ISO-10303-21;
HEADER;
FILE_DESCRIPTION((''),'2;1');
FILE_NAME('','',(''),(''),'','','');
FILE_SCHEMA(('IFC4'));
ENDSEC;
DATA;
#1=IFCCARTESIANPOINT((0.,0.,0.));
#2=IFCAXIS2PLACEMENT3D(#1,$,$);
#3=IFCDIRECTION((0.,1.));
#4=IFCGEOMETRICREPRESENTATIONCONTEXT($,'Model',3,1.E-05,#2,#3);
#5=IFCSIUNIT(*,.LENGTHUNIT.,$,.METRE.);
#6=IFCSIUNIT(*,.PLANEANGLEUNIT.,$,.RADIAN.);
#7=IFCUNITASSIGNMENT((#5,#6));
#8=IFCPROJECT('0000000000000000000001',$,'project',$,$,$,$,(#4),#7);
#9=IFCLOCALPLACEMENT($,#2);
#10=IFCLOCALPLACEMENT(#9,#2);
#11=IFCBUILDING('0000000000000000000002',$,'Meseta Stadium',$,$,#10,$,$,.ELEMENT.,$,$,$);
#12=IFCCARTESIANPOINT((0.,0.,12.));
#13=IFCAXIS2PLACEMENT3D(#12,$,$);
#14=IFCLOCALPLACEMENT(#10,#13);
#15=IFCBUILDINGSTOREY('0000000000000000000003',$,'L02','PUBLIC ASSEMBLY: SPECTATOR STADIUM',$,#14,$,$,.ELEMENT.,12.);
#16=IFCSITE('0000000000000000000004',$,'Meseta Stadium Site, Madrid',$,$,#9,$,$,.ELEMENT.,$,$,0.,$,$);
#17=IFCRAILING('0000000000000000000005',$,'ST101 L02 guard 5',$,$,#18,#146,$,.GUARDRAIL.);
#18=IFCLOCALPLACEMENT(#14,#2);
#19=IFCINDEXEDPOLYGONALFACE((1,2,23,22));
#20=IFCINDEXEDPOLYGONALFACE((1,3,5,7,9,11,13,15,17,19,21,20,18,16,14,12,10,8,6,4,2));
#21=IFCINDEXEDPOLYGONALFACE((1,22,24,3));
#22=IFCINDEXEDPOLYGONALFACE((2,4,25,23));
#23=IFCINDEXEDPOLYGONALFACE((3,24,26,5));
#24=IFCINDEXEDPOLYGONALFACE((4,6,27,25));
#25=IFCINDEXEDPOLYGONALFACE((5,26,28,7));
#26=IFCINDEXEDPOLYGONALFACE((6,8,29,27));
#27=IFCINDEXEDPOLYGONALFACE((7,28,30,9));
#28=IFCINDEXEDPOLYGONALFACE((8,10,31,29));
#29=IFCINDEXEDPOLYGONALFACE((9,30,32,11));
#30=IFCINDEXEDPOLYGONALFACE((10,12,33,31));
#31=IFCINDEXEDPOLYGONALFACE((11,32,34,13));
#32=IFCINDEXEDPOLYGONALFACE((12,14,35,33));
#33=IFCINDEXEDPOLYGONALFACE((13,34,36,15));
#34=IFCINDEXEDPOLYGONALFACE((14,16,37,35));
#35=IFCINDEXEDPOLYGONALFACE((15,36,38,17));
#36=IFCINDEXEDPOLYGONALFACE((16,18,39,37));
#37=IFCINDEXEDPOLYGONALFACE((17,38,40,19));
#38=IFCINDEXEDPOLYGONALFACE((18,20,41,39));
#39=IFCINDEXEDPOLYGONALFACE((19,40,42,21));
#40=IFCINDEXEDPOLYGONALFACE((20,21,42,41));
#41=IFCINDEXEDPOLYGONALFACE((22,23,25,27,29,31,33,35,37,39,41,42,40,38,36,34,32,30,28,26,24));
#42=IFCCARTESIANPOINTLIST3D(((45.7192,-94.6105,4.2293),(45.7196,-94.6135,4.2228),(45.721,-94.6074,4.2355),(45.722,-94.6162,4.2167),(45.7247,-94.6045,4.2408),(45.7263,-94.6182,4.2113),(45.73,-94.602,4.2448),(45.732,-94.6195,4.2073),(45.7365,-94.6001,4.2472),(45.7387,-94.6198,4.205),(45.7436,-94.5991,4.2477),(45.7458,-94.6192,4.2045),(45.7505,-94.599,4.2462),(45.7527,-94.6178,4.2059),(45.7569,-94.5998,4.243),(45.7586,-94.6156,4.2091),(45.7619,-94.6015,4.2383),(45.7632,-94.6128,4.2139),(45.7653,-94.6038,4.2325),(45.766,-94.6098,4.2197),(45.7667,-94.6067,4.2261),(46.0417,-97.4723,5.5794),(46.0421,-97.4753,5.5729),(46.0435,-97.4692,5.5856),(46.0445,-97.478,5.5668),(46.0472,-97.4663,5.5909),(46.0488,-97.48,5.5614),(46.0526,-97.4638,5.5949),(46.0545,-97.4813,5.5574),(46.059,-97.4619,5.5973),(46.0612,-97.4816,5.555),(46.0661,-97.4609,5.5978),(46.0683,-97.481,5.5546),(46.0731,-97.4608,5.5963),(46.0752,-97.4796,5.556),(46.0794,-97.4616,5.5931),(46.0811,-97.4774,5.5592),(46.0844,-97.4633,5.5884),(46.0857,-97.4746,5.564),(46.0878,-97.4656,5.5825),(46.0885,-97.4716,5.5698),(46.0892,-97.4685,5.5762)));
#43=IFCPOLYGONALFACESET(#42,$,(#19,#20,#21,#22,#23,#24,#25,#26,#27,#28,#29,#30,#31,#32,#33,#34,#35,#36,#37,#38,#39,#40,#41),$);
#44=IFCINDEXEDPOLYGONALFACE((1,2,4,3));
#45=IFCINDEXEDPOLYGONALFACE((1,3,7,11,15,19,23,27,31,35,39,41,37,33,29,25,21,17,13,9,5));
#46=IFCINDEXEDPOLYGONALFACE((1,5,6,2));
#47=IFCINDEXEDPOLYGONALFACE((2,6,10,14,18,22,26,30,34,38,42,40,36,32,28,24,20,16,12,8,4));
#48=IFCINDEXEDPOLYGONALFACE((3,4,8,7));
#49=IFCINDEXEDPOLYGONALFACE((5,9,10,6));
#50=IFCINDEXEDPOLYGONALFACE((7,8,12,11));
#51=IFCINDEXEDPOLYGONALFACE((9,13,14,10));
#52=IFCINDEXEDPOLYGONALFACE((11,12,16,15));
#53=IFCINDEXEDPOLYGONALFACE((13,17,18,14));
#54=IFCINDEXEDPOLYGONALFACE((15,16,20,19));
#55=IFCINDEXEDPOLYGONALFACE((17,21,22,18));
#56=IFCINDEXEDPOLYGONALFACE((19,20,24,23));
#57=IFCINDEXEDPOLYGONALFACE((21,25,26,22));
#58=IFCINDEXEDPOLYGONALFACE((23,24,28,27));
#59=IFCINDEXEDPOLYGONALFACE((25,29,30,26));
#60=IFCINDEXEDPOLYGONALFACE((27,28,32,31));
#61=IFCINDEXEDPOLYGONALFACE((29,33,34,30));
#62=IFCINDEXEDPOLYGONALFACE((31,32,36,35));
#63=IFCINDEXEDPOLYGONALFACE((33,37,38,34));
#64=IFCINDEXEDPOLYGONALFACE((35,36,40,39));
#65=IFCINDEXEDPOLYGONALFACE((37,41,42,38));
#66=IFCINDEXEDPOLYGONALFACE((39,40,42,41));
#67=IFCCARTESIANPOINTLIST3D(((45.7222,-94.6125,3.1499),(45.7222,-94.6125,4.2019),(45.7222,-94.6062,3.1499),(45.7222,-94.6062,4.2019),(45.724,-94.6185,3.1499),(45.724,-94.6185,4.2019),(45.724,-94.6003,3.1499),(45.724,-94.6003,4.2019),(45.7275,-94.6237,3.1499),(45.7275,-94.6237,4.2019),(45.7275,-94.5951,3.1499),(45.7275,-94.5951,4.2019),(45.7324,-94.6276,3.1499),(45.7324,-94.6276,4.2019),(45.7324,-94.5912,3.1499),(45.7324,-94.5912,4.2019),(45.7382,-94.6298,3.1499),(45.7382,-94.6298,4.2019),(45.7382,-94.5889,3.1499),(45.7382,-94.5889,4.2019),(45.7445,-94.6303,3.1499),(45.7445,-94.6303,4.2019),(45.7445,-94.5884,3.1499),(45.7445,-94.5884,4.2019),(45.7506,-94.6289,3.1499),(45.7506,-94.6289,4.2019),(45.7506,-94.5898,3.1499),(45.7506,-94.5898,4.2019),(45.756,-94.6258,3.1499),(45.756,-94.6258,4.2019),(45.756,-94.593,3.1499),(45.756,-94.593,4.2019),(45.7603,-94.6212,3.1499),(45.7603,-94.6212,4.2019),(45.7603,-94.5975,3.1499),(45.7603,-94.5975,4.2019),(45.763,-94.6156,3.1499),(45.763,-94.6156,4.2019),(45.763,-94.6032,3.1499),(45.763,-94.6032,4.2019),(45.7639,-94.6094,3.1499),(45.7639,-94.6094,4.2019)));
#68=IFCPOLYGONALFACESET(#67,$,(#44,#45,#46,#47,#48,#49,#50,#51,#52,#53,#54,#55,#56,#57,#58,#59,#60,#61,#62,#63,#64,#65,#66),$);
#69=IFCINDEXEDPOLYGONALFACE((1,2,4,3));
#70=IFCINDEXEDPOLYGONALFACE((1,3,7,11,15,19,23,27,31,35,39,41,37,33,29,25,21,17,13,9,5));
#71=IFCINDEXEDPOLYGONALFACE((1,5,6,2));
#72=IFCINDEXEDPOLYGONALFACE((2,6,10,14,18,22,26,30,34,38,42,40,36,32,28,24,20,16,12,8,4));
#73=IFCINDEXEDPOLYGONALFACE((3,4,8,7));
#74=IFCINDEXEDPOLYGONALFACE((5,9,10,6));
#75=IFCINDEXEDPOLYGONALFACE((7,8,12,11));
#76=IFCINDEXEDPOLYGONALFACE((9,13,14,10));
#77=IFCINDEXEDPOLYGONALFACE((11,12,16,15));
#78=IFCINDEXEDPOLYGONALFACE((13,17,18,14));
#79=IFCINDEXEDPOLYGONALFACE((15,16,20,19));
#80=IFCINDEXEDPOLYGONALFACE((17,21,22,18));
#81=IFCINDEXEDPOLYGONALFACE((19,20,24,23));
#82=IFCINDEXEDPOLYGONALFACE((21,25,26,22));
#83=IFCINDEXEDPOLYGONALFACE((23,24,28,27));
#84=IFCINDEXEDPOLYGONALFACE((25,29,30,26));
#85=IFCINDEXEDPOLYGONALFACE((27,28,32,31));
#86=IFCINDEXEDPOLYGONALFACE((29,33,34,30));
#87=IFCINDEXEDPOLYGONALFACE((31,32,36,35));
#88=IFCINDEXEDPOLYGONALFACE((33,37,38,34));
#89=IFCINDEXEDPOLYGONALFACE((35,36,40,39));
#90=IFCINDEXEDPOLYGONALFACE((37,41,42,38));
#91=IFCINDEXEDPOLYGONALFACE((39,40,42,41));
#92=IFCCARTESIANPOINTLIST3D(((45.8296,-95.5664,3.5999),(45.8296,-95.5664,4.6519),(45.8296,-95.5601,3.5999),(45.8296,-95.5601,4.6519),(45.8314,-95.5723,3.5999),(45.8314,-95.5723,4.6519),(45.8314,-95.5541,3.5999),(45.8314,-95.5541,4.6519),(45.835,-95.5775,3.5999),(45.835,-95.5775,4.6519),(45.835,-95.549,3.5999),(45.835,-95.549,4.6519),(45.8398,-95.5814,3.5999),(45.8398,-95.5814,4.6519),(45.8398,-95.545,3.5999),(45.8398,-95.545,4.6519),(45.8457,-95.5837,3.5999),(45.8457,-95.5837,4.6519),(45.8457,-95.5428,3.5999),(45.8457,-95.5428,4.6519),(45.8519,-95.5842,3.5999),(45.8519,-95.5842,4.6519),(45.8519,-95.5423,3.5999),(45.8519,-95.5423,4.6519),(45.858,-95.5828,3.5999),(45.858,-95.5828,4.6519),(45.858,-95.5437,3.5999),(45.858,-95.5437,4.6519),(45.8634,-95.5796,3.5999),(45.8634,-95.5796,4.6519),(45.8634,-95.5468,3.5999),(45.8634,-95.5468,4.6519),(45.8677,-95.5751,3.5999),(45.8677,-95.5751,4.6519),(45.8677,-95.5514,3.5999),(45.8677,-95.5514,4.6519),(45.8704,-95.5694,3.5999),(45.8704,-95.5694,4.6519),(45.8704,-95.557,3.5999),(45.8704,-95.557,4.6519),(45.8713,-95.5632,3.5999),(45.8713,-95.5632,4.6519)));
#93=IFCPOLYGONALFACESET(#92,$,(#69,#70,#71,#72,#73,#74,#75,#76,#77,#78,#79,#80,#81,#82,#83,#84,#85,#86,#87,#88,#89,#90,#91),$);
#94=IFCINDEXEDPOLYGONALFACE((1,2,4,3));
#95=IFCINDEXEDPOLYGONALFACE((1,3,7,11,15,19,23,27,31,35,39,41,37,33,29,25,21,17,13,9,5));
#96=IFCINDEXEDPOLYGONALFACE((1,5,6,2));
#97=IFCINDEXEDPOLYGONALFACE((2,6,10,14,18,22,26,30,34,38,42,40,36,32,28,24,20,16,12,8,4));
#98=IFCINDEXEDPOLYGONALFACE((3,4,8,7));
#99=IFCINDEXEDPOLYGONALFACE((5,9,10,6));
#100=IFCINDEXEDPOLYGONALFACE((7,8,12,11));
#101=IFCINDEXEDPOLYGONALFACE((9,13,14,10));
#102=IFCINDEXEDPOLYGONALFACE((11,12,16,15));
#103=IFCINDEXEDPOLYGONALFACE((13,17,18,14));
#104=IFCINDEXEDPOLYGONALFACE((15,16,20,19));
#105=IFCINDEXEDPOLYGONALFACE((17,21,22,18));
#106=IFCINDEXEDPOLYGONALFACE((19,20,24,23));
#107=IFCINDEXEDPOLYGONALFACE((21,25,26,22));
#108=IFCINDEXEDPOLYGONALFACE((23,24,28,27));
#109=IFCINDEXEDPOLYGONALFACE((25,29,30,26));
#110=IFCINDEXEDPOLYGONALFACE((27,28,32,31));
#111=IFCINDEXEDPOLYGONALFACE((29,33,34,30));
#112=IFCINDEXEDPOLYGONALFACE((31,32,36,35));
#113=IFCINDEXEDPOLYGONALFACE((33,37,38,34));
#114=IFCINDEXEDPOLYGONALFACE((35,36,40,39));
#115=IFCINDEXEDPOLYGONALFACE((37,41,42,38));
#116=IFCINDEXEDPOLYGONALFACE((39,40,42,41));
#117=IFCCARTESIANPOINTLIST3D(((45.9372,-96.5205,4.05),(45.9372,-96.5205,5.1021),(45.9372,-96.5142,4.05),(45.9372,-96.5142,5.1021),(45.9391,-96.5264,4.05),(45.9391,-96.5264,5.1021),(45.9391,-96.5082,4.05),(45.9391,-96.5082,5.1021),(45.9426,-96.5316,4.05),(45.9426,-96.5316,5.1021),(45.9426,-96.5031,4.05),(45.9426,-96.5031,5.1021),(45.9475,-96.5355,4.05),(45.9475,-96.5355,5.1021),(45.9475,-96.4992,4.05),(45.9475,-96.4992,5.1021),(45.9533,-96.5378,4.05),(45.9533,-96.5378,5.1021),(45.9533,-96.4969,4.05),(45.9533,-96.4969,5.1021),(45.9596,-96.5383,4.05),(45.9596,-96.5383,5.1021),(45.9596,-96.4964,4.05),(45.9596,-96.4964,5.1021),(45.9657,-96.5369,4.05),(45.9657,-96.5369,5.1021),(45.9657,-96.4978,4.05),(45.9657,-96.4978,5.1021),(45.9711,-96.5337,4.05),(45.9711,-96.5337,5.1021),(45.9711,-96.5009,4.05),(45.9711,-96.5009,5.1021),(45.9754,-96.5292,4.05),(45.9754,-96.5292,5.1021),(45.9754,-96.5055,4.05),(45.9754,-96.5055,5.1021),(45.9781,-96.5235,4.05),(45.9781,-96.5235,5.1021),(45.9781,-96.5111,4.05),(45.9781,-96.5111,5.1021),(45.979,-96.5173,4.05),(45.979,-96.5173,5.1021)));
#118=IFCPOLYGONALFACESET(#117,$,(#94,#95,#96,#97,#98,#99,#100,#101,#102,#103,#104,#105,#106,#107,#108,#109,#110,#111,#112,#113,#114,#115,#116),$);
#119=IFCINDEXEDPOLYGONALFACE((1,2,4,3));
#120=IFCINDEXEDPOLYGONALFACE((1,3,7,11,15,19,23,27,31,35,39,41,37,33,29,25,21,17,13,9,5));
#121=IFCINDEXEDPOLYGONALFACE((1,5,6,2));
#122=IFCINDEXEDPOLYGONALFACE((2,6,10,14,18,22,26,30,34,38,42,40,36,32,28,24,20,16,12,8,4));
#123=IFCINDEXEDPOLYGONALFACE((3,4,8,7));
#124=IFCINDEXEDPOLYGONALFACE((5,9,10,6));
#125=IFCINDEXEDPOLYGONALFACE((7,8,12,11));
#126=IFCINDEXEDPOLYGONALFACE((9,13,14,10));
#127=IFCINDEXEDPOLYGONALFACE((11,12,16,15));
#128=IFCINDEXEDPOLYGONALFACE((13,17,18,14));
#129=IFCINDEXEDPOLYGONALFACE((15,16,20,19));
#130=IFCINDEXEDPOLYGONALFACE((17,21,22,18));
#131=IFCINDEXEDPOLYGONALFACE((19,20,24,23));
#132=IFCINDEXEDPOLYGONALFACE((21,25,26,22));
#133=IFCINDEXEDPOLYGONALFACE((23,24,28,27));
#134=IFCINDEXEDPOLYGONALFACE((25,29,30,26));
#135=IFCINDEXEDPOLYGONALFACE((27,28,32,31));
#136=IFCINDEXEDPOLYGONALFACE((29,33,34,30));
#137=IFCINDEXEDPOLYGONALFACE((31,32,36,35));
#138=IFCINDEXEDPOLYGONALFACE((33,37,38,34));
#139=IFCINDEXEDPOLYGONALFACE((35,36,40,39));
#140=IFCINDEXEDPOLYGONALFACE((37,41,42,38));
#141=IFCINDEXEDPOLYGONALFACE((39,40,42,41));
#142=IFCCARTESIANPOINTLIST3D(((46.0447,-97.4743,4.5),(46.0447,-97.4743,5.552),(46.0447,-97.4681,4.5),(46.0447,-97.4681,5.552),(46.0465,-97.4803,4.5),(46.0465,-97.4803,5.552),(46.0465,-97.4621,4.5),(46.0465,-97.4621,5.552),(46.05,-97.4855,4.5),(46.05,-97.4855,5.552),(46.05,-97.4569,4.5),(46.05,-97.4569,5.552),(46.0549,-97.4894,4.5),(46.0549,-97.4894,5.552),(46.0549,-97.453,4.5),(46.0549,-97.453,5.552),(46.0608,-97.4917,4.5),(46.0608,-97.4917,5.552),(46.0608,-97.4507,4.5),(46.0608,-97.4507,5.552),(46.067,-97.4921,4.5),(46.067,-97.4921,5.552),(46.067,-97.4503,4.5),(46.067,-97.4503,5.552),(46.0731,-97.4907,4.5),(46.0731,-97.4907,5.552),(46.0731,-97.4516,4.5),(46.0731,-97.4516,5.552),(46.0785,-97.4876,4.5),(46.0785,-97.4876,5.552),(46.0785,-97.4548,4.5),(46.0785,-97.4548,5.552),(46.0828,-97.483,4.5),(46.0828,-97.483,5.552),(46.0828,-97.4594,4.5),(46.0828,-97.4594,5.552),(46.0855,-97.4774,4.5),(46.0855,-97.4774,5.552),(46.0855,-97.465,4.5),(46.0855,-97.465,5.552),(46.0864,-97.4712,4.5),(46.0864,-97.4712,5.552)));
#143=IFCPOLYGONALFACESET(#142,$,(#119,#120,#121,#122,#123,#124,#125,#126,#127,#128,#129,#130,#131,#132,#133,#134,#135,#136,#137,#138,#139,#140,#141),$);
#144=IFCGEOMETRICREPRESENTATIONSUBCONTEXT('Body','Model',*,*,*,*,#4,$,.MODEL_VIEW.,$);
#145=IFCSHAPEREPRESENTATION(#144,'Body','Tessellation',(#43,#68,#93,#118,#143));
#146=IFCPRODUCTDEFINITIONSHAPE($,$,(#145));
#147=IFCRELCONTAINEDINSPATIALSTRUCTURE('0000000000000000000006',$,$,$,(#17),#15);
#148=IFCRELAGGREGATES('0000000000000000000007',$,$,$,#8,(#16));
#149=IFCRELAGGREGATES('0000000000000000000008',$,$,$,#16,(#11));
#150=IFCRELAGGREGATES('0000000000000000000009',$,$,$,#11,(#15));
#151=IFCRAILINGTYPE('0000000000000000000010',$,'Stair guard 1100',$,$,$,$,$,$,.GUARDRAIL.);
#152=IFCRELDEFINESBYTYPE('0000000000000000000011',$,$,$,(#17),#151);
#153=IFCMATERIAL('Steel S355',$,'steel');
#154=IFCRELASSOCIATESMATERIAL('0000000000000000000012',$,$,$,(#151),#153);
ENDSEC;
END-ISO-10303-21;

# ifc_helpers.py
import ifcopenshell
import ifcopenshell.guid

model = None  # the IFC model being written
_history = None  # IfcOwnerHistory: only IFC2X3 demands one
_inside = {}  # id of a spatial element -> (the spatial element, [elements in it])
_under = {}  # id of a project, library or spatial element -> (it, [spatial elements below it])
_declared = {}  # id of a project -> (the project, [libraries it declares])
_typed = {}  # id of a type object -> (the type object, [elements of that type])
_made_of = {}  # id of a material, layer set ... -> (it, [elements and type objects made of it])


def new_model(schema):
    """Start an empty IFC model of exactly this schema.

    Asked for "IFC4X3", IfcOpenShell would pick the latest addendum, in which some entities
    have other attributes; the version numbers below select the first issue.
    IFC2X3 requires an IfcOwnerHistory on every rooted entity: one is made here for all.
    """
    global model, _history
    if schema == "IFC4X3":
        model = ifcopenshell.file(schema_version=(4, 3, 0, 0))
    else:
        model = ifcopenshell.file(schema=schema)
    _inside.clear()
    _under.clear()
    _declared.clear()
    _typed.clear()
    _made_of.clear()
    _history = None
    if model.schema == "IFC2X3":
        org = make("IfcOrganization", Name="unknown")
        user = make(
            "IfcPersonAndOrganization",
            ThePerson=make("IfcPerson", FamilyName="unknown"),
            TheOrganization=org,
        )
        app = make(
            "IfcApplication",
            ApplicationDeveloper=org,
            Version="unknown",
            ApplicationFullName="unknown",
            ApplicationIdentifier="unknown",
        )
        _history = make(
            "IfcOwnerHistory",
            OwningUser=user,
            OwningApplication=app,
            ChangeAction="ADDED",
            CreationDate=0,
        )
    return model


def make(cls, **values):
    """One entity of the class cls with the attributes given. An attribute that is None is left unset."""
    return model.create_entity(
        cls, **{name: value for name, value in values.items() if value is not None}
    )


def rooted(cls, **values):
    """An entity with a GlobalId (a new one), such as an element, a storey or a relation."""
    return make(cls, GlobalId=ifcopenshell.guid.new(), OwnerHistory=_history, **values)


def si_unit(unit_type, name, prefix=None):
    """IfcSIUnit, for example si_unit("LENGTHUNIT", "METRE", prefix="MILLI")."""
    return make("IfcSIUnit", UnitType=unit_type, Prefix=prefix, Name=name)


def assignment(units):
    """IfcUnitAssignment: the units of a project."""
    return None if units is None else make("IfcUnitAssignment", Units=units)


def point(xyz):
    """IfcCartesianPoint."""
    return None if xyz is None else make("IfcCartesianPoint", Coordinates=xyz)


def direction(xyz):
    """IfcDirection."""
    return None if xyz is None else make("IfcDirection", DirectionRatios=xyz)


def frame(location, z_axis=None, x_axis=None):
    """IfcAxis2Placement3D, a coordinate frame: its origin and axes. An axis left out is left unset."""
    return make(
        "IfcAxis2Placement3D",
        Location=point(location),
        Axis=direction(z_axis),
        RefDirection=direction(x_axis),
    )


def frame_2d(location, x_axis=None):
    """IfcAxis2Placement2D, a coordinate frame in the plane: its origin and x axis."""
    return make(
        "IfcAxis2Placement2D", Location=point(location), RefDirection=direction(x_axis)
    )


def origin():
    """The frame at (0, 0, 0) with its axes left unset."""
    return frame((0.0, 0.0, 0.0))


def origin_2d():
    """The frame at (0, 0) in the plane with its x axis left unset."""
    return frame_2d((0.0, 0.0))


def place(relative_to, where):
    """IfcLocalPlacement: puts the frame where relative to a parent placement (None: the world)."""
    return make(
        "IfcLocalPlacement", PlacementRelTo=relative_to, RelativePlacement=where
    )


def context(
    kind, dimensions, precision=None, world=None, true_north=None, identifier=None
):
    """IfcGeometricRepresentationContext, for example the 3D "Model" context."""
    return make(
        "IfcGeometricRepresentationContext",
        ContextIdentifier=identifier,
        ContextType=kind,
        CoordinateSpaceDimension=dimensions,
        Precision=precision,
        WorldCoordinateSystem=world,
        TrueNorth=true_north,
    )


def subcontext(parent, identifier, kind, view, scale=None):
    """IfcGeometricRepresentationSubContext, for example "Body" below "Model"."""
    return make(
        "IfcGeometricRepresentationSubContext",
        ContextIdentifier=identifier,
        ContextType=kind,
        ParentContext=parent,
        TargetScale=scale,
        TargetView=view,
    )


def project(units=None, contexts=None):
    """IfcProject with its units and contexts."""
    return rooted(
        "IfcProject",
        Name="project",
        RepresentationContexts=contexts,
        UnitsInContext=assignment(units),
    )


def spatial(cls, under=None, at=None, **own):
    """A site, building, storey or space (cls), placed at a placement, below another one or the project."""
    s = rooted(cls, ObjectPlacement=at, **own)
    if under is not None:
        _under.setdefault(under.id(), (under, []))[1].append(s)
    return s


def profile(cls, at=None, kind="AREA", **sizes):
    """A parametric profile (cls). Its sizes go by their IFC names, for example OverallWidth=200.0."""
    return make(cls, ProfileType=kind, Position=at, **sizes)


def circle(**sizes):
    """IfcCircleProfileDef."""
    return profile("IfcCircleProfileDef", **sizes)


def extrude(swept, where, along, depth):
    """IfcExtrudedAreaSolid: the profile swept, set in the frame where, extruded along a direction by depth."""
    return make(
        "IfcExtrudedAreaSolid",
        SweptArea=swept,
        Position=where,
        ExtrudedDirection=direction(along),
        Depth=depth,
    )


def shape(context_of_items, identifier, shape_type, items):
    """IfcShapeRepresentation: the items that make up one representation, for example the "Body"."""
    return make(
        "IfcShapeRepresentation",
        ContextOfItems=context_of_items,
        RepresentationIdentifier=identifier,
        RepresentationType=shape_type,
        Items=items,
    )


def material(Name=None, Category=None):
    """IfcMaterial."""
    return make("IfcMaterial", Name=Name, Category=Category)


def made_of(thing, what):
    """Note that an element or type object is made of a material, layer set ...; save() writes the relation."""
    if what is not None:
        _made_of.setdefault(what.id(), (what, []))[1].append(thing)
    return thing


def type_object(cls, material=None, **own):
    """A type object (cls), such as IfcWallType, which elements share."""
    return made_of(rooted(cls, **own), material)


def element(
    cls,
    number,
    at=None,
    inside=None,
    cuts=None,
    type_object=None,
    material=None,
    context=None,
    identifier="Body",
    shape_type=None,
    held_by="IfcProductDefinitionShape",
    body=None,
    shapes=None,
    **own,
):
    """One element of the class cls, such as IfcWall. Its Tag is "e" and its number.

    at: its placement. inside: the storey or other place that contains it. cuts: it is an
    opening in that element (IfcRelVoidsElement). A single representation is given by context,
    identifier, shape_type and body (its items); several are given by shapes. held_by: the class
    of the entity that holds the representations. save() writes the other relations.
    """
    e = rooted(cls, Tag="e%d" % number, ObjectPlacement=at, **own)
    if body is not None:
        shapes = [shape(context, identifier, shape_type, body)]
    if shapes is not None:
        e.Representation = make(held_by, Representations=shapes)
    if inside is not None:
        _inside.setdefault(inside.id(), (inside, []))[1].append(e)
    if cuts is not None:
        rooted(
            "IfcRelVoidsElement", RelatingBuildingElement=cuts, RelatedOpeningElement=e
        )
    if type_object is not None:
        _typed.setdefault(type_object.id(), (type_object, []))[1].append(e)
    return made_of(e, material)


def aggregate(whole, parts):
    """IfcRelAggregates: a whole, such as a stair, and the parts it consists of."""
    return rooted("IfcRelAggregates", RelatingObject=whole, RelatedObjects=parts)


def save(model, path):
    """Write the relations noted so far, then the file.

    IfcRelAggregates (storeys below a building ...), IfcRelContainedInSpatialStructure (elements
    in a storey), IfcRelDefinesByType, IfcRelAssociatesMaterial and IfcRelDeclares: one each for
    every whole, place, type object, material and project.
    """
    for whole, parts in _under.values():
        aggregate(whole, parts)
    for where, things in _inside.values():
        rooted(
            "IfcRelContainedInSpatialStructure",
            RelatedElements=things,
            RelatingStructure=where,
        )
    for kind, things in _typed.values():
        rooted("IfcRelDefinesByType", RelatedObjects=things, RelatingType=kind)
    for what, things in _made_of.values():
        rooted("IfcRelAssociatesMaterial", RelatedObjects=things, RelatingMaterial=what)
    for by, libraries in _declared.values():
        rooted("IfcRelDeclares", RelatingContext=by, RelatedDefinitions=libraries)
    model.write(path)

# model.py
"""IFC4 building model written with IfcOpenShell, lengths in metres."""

from ifc_helpers import new_model, si_unit, direction, frame, origin, origin_2d, place, context, subcontext, project, spatial, circle, extrude, material, type_object, element, save


model = new_model("IFC4")

# Units and contexts
model_context = context("Model", 3, precision=1e-05, world=origin(), true_north=direction((0.0, 1.0)))
body_context = subcontext(model_context, "Body", "Model", "MODEL_VIEW")
ifc_project = project(units=[si_unit("LENGTHUNIT", "METRE"), si_unit("PLANEANGLEUNIT", "RADIAN")], contexts=[model_context])

# Site, building, storey
site_placement = place(None, origin())
site = spatial("IfcSite", under=ifc_project, at=site_placement, Name="Meseta Stadium Site, Madrid", CompositionType="ELEMENT", RefElevation=0.0)
building_placement = place(site_placement, origin())
building = spatial("IfcBuilding", under=site, at=building_placement, Name="Meseta Stadium", CompositionType="ELEMENT")
storey_placement = place(building_placement, frame((0.0, 0.0, 12.0)))
storey = spatial("IfcBuildingStorey", under=building, at=storey_placement, Name="L02", Description="PUBLIC ASSEMBLY: SPECTATOR STADIUM", CompositionType="ELEMENT", Elevation=12.0)

# Railing
ifc_material_1 = material(Name="Steel S355", Category="steel")
railing_type_1 = type_object("IfcRailingType", Name="Stair guard 1100", PredefinedType="GUARDRAIL", material=ifc_material_1)
railing_1_placement = place(storey_placement, frame((45.7429, -94.6094, 3.1499)))
element("IfcRailing", 1, at=railing_1_placement, inside=storey, type_object=railing_type_1, Name="ST101 L02 guard 5", PredefinedType="GUARDRAIL", context=body_context, shape_type="SweptSolid", body=[
    extrude(circle(Radius=0.0239, at=origin_2d()), frame((0.0, 0.0, 1.0762), z_axis=(0.101396, -0.899748, 0.424467), x_axis=(0.99371, 0.111985, 0.0)), (0.0, 0.0, 1.0), 3.1807),
    extrude(circle(Radius=0.021, at=origin_2d()), origin(), (0.0, 0.0, 1.0), 1.052),
    extrude(circle(Radius=0.021, at=origin_2d()), frame((0.1074, -0.9539, 0.45)), (0.0, 0.0, 1.0), 1.052),
    extrude(circle(Radius=0.021, at=origin_2d()), frame((0.2151, -1.908, 0.9001)), (0.0, 0.0, 1.0), 1.052),
    extrude(circle(Radius=0.021, at=origin_2d()), frame((0.3225, -2.8618, 1.3501)), (0.0, 0.0, 1.0), 1.052),
])

save(model, "model.ifc")
